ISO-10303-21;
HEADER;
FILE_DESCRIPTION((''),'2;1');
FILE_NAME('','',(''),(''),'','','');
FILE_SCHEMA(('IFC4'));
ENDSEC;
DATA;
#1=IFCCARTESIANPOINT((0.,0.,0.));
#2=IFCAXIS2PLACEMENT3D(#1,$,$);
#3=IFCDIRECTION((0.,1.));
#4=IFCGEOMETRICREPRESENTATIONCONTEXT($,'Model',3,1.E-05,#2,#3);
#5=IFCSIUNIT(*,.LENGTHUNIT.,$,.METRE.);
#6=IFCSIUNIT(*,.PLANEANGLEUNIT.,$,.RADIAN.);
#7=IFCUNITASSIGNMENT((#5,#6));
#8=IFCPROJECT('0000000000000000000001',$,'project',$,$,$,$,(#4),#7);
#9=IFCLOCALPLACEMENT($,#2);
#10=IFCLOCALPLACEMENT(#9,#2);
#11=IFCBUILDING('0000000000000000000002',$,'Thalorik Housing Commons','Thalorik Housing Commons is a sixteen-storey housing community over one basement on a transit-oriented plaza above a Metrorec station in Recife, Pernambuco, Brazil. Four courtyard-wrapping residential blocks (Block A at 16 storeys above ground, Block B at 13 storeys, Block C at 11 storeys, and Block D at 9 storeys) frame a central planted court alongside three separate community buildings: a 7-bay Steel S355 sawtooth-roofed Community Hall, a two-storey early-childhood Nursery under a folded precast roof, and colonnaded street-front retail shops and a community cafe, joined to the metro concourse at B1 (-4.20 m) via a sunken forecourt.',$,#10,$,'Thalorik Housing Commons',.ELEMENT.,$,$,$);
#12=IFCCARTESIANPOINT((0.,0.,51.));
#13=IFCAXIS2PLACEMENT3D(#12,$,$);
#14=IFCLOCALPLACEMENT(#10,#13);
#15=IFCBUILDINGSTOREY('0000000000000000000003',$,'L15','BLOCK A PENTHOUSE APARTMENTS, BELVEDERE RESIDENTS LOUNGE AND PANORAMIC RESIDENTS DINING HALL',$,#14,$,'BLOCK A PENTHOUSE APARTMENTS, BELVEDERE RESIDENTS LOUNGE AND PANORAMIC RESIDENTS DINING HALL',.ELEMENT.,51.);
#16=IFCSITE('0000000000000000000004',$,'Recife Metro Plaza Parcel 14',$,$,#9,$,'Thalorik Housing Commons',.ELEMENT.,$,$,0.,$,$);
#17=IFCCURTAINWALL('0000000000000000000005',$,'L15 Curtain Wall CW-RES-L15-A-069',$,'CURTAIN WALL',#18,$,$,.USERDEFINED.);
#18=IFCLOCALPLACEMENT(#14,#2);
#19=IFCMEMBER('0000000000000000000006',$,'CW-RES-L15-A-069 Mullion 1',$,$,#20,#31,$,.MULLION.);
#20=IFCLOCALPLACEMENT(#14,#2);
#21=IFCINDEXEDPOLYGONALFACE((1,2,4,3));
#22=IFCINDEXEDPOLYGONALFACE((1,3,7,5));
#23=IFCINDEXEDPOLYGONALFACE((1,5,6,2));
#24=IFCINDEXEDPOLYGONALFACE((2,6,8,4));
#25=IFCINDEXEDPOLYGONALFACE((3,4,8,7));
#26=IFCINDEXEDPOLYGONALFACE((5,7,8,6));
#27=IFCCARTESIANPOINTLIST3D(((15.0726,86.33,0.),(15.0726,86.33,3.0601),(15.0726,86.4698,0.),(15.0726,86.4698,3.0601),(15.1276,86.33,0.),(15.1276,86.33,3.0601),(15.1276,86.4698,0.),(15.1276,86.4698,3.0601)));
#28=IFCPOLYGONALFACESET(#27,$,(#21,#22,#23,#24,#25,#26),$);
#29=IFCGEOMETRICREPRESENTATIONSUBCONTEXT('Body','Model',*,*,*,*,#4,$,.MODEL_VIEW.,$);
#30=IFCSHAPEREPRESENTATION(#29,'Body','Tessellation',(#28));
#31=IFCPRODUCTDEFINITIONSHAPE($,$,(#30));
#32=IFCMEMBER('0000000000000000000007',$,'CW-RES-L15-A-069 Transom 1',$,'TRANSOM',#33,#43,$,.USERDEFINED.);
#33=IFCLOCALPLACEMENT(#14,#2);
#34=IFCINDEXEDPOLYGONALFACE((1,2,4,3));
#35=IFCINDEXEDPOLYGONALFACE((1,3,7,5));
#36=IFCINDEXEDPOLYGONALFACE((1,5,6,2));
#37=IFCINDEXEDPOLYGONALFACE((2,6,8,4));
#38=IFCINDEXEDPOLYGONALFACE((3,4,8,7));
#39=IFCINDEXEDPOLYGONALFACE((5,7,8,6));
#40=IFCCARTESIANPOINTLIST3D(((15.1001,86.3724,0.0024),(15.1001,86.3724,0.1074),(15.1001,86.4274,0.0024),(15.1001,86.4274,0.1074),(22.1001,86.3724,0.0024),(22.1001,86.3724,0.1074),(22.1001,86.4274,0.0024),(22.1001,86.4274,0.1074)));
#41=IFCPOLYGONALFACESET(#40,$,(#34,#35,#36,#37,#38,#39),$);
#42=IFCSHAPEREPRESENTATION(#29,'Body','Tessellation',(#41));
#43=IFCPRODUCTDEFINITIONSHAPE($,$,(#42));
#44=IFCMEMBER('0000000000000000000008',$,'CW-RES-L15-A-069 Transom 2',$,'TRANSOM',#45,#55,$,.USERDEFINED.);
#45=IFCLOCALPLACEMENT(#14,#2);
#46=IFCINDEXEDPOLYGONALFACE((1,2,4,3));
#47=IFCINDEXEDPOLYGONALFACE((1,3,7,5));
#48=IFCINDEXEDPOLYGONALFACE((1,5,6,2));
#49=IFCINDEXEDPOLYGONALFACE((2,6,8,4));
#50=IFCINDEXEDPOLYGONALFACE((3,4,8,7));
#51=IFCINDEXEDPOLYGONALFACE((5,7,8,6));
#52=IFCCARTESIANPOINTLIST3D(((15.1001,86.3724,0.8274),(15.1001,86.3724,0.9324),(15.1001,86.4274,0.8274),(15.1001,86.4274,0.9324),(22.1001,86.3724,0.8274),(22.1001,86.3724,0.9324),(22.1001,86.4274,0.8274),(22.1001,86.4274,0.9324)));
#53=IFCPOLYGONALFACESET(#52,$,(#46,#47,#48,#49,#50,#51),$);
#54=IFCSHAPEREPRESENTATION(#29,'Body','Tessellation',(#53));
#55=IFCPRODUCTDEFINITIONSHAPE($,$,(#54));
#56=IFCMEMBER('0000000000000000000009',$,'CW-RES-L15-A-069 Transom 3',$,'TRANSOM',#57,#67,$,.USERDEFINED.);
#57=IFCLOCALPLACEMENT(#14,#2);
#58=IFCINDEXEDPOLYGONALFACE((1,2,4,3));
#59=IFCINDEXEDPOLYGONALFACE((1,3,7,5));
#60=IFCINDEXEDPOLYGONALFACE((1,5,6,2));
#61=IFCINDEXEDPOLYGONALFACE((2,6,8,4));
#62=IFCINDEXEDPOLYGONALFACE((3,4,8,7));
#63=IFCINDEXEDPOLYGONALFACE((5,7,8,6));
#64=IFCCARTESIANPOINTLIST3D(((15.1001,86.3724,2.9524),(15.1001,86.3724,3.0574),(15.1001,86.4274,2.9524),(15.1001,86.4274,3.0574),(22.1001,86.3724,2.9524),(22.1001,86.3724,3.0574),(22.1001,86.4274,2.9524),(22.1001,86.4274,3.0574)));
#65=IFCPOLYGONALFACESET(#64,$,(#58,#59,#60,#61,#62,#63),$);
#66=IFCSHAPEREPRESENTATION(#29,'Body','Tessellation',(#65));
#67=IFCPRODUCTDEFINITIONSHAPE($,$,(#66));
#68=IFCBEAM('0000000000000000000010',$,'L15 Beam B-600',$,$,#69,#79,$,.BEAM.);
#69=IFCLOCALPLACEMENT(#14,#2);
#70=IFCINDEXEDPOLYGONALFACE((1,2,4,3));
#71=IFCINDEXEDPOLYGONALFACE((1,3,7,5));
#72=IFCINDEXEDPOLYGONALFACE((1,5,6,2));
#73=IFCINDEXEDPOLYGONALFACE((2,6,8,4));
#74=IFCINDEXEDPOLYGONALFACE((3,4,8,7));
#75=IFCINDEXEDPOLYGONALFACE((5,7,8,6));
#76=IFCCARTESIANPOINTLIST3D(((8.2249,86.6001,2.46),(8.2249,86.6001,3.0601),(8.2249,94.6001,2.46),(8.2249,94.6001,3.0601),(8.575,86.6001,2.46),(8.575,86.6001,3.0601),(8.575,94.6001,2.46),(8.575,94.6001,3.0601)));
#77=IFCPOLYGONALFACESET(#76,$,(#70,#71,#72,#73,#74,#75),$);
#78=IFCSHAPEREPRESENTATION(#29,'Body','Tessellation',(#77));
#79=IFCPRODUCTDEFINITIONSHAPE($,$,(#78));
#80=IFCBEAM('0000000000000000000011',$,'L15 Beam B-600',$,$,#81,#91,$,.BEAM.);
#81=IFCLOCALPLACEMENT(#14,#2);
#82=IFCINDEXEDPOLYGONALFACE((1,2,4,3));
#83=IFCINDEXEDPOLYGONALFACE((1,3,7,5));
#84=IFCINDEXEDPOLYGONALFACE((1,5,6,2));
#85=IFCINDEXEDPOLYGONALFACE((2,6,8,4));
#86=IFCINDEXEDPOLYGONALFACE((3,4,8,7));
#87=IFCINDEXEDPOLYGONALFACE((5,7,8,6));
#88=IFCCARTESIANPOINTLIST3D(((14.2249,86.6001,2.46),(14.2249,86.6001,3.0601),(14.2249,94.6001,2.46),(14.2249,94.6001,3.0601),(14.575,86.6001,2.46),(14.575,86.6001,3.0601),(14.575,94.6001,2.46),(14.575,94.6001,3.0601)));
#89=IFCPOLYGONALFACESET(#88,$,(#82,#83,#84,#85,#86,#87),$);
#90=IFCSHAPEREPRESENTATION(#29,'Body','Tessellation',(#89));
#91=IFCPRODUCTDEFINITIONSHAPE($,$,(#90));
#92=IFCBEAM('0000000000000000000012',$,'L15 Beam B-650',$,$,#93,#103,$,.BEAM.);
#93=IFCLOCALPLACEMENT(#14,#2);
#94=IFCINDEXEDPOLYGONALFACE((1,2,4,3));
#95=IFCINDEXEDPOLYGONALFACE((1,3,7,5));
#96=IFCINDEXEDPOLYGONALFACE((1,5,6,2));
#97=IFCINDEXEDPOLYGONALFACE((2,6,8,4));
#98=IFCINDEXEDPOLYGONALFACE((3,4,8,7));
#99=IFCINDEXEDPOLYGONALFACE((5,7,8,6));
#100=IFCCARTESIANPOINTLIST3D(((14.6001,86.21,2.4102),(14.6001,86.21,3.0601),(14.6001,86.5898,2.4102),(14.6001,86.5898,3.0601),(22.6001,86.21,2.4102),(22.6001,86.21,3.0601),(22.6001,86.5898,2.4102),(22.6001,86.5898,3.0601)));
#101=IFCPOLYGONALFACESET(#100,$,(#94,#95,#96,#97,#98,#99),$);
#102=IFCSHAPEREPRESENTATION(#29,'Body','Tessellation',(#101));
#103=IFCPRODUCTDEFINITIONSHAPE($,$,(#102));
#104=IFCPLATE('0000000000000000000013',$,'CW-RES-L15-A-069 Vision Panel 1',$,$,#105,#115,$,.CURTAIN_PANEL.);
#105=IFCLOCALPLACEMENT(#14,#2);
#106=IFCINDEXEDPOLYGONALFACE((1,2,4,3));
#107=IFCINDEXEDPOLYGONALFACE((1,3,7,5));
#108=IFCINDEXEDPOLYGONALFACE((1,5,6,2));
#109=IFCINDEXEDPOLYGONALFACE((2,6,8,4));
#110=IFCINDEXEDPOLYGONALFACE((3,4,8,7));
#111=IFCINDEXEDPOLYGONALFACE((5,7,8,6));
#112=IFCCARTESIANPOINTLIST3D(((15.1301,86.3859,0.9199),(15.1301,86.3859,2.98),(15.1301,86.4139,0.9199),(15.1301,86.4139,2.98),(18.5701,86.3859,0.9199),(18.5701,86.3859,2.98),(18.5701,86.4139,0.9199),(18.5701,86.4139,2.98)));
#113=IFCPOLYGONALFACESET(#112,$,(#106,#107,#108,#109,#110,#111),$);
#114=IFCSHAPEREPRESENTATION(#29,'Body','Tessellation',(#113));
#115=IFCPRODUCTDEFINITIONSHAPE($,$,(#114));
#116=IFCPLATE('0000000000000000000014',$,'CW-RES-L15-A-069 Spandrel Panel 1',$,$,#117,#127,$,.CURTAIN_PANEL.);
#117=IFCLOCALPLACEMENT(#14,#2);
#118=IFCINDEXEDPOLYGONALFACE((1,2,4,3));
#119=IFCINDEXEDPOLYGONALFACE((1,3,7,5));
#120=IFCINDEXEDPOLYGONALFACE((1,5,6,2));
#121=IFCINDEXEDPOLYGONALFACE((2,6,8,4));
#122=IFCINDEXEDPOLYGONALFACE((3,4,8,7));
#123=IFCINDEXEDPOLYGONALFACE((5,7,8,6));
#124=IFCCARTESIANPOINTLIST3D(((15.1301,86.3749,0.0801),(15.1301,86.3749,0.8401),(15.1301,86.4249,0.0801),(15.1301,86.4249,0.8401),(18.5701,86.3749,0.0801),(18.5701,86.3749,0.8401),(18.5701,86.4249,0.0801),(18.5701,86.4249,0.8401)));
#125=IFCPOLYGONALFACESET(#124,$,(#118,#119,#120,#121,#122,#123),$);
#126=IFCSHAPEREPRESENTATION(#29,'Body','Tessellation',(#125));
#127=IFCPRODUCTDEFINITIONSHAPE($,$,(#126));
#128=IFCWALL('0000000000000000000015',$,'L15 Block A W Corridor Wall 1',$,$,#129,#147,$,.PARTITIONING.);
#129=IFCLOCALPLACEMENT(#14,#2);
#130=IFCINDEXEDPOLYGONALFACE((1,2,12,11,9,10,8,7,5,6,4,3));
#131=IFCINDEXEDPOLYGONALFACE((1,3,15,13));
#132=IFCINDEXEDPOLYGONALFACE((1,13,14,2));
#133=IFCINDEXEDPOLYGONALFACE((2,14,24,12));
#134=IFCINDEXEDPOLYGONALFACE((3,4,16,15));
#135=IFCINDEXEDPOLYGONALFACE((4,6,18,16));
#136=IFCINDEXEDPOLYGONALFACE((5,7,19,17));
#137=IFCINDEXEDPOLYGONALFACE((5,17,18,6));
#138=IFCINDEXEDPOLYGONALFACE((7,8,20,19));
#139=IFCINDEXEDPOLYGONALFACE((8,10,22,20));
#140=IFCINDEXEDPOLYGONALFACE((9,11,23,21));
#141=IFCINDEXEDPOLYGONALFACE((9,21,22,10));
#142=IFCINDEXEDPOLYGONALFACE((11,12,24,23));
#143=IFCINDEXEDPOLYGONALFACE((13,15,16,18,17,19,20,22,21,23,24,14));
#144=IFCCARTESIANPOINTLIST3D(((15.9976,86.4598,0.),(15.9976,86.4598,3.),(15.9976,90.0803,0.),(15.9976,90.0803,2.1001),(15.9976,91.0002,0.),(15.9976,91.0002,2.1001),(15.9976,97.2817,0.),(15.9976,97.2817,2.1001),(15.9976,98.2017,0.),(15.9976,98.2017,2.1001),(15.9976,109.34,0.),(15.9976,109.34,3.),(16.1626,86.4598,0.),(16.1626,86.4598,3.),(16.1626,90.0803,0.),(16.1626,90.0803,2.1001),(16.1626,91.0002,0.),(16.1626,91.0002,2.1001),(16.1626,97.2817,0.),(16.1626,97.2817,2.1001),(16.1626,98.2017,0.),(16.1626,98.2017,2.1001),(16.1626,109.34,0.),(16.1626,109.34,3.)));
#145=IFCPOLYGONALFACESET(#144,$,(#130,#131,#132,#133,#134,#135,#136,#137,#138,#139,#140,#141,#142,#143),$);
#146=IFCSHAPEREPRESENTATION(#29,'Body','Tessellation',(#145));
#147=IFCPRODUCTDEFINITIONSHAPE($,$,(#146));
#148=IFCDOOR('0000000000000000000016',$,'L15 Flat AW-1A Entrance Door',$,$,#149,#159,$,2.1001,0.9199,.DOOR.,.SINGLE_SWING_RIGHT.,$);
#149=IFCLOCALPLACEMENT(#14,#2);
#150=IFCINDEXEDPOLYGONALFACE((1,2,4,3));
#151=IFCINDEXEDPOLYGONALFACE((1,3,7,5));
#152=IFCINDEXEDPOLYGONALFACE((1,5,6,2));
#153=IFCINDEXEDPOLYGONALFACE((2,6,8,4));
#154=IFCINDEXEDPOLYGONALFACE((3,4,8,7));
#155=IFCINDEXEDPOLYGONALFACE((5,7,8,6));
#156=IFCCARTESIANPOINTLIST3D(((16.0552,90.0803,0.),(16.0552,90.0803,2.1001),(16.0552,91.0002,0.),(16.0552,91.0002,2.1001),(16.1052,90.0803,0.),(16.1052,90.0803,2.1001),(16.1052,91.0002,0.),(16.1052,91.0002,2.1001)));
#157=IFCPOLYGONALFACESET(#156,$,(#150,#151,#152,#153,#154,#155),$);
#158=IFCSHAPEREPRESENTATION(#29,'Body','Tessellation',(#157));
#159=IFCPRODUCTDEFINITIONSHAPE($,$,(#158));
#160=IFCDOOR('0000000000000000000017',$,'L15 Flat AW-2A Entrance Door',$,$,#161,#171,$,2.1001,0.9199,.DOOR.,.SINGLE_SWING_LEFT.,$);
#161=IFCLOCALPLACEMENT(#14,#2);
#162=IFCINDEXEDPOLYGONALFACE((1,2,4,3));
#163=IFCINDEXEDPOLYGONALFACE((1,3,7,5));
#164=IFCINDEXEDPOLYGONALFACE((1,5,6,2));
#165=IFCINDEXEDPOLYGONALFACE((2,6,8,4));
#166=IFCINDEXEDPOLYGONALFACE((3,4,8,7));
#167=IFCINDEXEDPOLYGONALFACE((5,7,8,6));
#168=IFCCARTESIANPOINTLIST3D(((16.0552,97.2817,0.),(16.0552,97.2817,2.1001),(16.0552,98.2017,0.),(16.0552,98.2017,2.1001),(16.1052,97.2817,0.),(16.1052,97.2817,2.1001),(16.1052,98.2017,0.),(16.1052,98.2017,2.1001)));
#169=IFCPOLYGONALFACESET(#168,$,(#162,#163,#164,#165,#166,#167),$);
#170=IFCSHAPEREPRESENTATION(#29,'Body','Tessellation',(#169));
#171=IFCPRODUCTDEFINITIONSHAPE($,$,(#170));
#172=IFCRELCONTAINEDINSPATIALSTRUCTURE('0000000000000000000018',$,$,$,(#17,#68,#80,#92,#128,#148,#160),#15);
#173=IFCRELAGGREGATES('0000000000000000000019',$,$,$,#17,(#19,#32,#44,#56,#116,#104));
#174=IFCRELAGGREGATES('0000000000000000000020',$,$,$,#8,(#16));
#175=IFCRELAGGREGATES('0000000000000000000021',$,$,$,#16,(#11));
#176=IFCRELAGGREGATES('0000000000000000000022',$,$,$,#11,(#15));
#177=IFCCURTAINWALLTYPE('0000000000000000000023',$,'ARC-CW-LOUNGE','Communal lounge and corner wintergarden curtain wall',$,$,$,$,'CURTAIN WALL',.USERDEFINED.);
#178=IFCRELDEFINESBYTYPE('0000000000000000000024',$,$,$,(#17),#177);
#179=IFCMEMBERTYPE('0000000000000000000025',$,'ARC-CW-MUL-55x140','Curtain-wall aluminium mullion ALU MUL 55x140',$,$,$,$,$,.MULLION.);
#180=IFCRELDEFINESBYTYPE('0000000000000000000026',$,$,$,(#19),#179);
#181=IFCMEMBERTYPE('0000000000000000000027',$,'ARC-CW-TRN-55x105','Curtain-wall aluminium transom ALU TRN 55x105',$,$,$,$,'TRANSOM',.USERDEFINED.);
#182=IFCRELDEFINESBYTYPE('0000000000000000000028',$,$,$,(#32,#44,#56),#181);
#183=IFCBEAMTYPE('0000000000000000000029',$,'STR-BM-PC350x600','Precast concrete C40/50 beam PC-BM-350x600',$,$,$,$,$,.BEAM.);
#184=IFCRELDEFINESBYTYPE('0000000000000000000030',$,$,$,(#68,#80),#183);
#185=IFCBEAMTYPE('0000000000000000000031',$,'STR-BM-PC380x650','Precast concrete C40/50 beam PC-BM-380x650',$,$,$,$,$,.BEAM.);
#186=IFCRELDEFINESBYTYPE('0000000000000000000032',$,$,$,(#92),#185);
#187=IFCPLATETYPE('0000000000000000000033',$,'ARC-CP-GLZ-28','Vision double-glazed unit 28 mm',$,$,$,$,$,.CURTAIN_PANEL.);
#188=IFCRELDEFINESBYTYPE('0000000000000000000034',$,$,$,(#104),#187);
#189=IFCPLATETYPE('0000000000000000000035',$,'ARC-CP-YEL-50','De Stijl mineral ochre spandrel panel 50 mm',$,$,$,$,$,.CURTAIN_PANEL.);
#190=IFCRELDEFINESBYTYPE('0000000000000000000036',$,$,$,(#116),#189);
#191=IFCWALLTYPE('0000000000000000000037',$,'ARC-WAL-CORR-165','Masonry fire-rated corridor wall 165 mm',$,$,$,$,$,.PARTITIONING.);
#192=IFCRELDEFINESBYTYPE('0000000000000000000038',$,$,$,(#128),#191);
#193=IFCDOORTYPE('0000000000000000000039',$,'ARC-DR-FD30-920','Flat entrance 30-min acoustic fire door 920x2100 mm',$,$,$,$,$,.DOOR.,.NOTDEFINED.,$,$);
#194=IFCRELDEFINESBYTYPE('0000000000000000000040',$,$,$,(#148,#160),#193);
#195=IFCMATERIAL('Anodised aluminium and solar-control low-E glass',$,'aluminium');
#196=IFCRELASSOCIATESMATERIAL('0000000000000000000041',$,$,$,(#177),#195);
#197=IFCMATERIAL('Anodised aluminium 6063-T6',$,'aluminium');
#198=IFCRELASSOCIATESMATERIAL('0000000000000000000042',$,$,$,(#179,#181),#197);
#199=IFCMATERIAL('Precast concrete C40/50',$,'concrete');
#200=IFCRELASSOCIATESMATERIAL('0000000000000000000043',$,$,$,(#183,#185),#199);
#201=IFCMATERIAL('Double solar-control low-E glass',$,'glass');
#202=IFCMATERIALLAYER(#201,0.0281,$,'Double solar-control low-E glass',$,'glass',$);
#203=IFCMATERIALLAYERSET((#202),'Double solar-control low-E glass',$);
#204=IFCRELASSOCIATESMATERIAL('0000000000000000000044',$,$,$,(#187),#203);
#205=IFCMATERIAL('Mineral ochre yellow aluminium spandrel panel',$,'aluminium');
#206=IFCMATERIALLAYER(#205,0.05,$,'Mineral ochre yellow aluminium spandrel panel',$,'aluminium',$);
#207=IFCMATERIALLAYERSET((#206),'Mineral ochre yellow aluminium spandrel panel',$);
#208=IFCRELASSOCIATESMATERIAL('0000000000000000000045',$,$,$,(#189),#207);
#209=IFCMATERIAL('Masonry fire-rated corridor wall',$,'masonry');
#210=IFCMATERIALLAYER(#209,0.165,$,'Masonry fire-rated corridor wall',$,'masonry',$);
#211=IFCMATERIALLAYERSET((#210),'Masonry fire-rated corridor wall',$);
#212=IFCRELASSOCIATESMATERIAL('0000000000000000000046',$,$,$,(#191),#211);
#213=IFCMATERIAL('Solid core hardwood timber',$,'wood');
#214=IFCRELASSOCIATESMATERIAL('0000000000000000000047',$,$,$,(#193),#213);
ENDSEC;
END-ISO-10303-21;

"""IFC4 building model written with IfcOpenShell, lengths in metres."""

from ifc_helpers import new_model, si_unit, direction, frame, frame_2d, origin, origin_2d, place, context, subcontext, project, spatial, rectangle, extrude, material, layer, layer_set, material_profile, profile_set, type_object, element, fill, aggregate, save


model = new_model("IFC4")

# Units and contexts
model_context = context("Model", 3, precision=1e-05, world=origin(), true_north=direction((0.0, 1.0)))
body_context = subcontext(model_context, "Body", "Model", "MODEL_VIEW")
ifc_project = project(units=[si_unit("LENGTHUNIT", "METRE"), si_unit("PLANEANGLEUNIT", "RADIAN")], contexts=[model_context])

# Site, building, storey
site_placement = place(None, origin())
site = spatial("IfcSite", under=ifc_project, at=site_placement, Name="Recife Metro Plaza Parcel 14", LongName="Thalorik Housing Commons", CompositionType="ELEMENT", RefElevation=0.0)
building_placement = place(site_placement, origin())
building = spatial("IfcBuilding", under=site, at=building_placement, Name="Thalorik Housing Commons", Description="Thalorik Housing Commons is a sixteen-storey housing community over one basement on a transit-oriented plaza above a Metrorec station in Recife, Pernambuco, Brazil. Four courtyard-wrapping residential blocks (Block A at 16 storeys above ground, Block B at 13 storeys, Block C at 11 storeys, and Block D at 9 storeys) frame a central planted court alongside three separate community buildings: a 7-bay Steel S355 sawtooth-roofed Community Hall, a two-storey early-childhood Nursery under a folded precast roof, and colonnaded street-front retail shops and a community cafe, joined to the metro concourse at B1 (-4.20 m) via a sunken forecourt.", LongName="Thalorik Housing Commons", CompositionType="ELEMENT")
storey_placement = place(building_placement, frame((0.0, 0.0, 51.0)))
storey = spatial("IfcBuildingStorey", under=building, at=storey_placement, Name="L15", Description="BLOCK A PENTHOUSE APARTMENTS, BELVEDERE RESIDENTS LOUNGE AND PANORAMIC RESIDENTS DINING HALL", LongName="BLOCK A PENTHOUSE APARTMENTS, BELVEDERE RESIDENTS LOUNGE AND PANORAMIC RESIDENTS DINING HALL", CompositionType="ELEMENT", Elevation=51.0)

# Curtain wall, members
ifc_material_1 = material(Name="Anodised aluminium and solar-control low-E glass", Category="aluminium")
curtain_wall_type = type_object("IfcCurtainWallType", Name="ARC-CW-LOUNGE", Description="Communal lounge and corner wintergarden curtain wall", ElementType="CURTAIN WALL", PredefinedType="USERDEFINED", material=ifc_material_1)
curtain_wall_placement = place(storey_placement, origin())
curtain_wall = element("IfcCurtainWall", 1, at=curtain_wall_placement, inside=storey, type_object=curtain_wall_type, Name="L15 Curtain Wall CW-RES-L15-A-069", ObjectType="CURTAIN WALL", PredefinedType="USERDEFINED")
ifc_material_2 = material(Name="Anodised aluminium 6063-T6", Category="aluminium")
ifc_material_profile_1 = material_profile(ifc_material_2, rectangle(XDim=0.0549, YDim=0.1399, at=origin_2d()), Name="ALU MUL 55x140", Category="aluminium")
ifc_profile_set_1 = profile_set([ifc_material_profile_1], Name="Anodised aluminium 6063-T6")
member_type_1 = type_object("IfcMemberType", Name="ARC-CW-MUL-55x140", Description="Curtain-wall aluminium mullion ALU MUL 55x140", PredefinedType="MULLION", material=ifc_profile_set_1)
member_1_placement = place(storey_placement, frame((15.1001, 86.3999, 0.0), z_axis=(0.0, 0.0, 1.0), x_axis=(1.0, 0.0, 0.0)))
member_1 = element("IfcMember", 2, at=member_1_placement, type_object=member_type_1, Name="CW-RES-L15-A-069 Mullion 1", PredefinedType="MULLION", context=body_context, shape_type="SweptSolid", body=[
    extrude(rectangle(XDim=0.0549, YDim=0.1399, at=origin_2d()), origin(), (0.0, 0.0, 1.0), 3.0601),
])
ifc_material_profile_2 = material_profile(ifc_material_2, rectangle(XDim=0.0549, YDim=0.105, at=origin_2d()), Name="ALU TRN 55x105", Category="aluminium")
ifc_profile_set_2 = profile_set([ifc_material_profile_2], Name="Anodised aluminium 6063-T6")
member_type_2 = type_object("IfcMemberType", Name="ARC-CW-TRN-55x105", Description="Curtain-wall aluminium transom ALU TRN 55x105", ElementType="TRANSOM", PredefinedType="USERDEFINED", material=ifc_profile_set_2)
member_2_placement = place(storey_placement, frame((15.1001, 86.3999, 0.0549), z_axis=(1.0, 0.0, 0.0), x_axis=(0.0, 1.0, 0.0)))
member_2 = element("IfcMember", 3, at=member_2_placement, type_object=member_type_2, Name="CW-RES-L15-A-069 Transom 1", ObjectType="TRANSOM", PredefinedType="USERDEFINED", context=body_context, shape_type="SweptSolid", body=[
    extrude(rectangle(XDim=0.0549, YDim=0.105, at=origin_2d()), origin(), (0.0, 0.0, 1.0), 7.0),
])
member_3_placement = place(storey_placement, frame((15.1001, 86.3999, 0.8799), z_axis=(1.0, 0.0, 0.0), x_axis=(0.0, 1.0, 0.0)))
member_3 = element("IfcMember", 4, at=member_3_placement, type_object=member_type_2, Name="CW-RES-L15-A-069 Transom 2", ObjectType="TRANSOM", PredefinedType="USERDEFINED", context=body_context, shape_type="SweptSolid", body=[
    extrude(rectangle(XDim=0.0549, YDim=0.105, at=origin_2d()), origin(), (0.0, 0.0, 1.0), 7.0),
])
member_4_placement = place(storey_placement, frame((15.1001, 86.3999, 3.0049), z_axis=(1.0, 0.0, 0.0), x_axis=(0.0, 1.0, 0.0)))
member_4 = element("IfcMember", 5, at=member_4_placement, type_object=member_type_2, Name="CW-RES-L15-A-069 Transom 3", ObjectType="TRANSOM", PredefinedType="USERDEFINED", context=body_context, shape_type="SweptSolid", body=[
    extrude(rectangle(XDim=0.0549, YDim=0.105, at=origin_2d()), origin(), (0.0, 0.0, 1.0), 7.0),
])

# Beams
ifc_material_3 = material(Name="Precast concrete C40/50", Category="concrete")
ifc_material_profile_3 = material_profile(ifc_material_3, rectangle(XDim=0.3501, YDim=0.6001, at=origin_2d()), Name="PC 350x600", Category="concrete")
ifc_profile_set_3 = profile_set([ifc_material_profile_3], Name="Precast concrete C40/50")
beam_type_1 = type_object("IfcBeamType", Name="STR-BM-PC350x600", Description="Precast concrete C40/50 beam PC-BM-350x600", PredefinedType="BEAM", material=ifc_profile_set_3)
for number, where, z_axis, x_axis, name in (
    (6, (8.3999, 86.6001, 2.76), (0.0, 1.0, 0.0), (-1.0, 0.0, 0.0), "L15 Beam B-600"),
    (7, (14.3999, 86.6001, 2.76), (0.0, 1.0, 0.0), (-1.0, 0.0, 0.0), "L15 Beam B-600"),
):
    element("IfcBeam", number, at=place(storey_placement, frame(where, z_axis=z_axis, x_axis=x_axis)), inside=storey, type_object=beam_type_1, Name=name, PredefinedType="BEAM", context=body_context, shape_type="SweptSolid", body=[
        extrude(rectangle(XDim=0.3501, YDim=0.6001, at=origin_2d()), origin(), (0.0, 0.0, 1.0), 8.0),
    ])
ifc_material_profile_4 = material_profile(ifc_material_3, rectangle(XDim=0.3799, YDim=0.6499, at=origin_2d()), Name="PC 380x650", Category="concrete")
ifc_profile_set_4 = profile_set([ifc_material_profile_4], Name="Precast concrete C40/50")
beam_type_2 = type_object("IfcBeamType", Name="STR-BM-PC380x650", Description="Precast concrete C40/50 beam PC-BM-380x650", PredefinedType="BEAM", material=ifc_profile_set_4)
beam_placement = place(storey_placement, frame((14.6001, 86.3999, 2.7351), z_axis=(1.0, 0.0, 0.0), x_axis=(0.0, 1.0, 0.0)))
element("IfcBeam", 8, at=beam_placement, inside=storey, type_object=beam_type_2, Name="L15 Beam B-650", PredefinedType="BEAM", context=body_context, shape_type="SweptSolid", body=[
    extrude(rectangle(XDim=0.3799, YDim=0.6499, at=origin_2d()), origin(), (0.0, 0.0, 1.0), 8.0),
])

# Plates
ifc_material_4 = material(Name="Double solar-control low-E glass", Category="glass")
ifc_layer_1 = layer(ifc_material_4, 0.0281, Name="Double solar-control low-E glass", Category="glass")
ifc_layer_set_1 = layer_set([ifc_layer_1], Name="Double solar-control low-E glass")
plate_type_1 = type_object("IfcPlateType", Name="ARC-CP-GLZ-28", Description="Vision double-glazed unit 28 mm", PredefinedType="CURTAIN_PANEL", material=ifc_layer_set_1)
plate_1_placement = place(storey_placement, frame((16.8501, 86.3999, 0.9199), z_axis=(0.0, 0.0, 1.0), x_axis=(1.0, 0.0, 0.0)))
plate_1 = element("IfcPlate", 9, at=plate_1_placement, type_object=plate_type_1, Name="CW-RES-L15-A-069 Vision Panel 1", PredefinedType="CURTAIN_PANEL", context=body_context, shape_type="SweptSolid", body=[
    extrude(rectangle(XDim=3.4399, YDim=0.0281, at=origin_2d()), origin(), (0.0, 0.0, 1.0), 2.0601),
])
ifc_material_5 = material(Name="Mineral ochre yellow aluminium spandrel panel", Category="aluminium")
ifc_layer_2 = layer(ifc_material_5, 0.05, Name="Mineral ochre yellow aluminium spandrel panel", Category="aluminium")
ifc_layer_set_2 = layer_set([ifc_layer_2], Name="Mineral ochre yellow aluminium spandrel panel")
plate_type_2 = type_object("IfcPlateType", Name="ARC-CP-YEL-50", Description="De Stijl mineral ochre spandrel panel 50 mm", PredefinedType="CURTAIN_PANEL", material=ifc_layer_set_2)
plate_2_placement = place(storey_placement, frame((16.8501, 86.3999, 0.0801), z_axis=(0.0, 0.0, 1.0), x_axis=(1.0, 0.0, 0.0)))
plate_2 = element("IfcPlate", 10, at=plate_2_placement, type_object=plate_type_2, Name="CW-RES-L15-A-069 Spandrel Panel 1", PredefinedType="CURTAIN_PANEL", context=body_context, shape_type="SweptSolid", body=[
    extrude(rectangle(XDim=3.4399, YDim=0.05, at=origin_2d()), origin(), (0.0, 0.0, 1.0), 0.76),
])
aggregate(curtain_wall, [member_1, member_2, member_3, member_4, plate_2, plate_1])

# Wall, openings, doors
ifc_material_6 = material(Name="Masonry fire-rated corridor wall", Category="masonry")
ifc_layer_3 = layer(ifc_material_6, 0.165, Name="Masonry fire-rated corridor wall", Category="masonry")
ifc_layer_set_3 = layer_set([ifc_layer_3], Name="Masonry fire-rated corridor wall")
wall_type_1 = type_object("IfcWallType", Name="ARC-WAL-CORR-165", Description="Masonry fire-rated corridor wall 165 mm", PredefinedType="PARTITIONING", material=ifc_layer_set_3)
wall_1_placement = place(storey_placement, frame((16.0801, 86.46, 0.0), z_axis=(0.0, 0.0, 1.0), x_axis=(0.0, 1.0, 0.0)))
wall_1 = element("IfcWall", 11, at=wall_1_placement, inside=storey, type_object=wall_type_1, Name="L15 Block A W Corridor Wall 1", PredefinedType="PARTITIONING", context=body_context, shape_type="SweptSolid", body=[
    extrude(rectangle(XDim=22.8801, YDim=0.165, at=frame_2d((11.4399, 0.0))), origin(), (0.0, 0.0, 1.0), 3.0),
])
opening_1_placement = place(wall_1_placement, frame((3.6204, 0.0, 0.0)))
opening_1 = element("IfcOpeningElement", 12, at=opening_1_placement, cuts=wall_1, PredefinedType="OPENING", context=body_context, shape_type="SweptSolid", body=[
    extrude(rectangle(XDim=0.9199, YDim=2.1001, at=frame_2d((0.46, 1.05))), frame((0.0, 0.0925, 0.0), z_axis=(0.0, -1.0, 0.0), x_axis=(1.0, 0.0, 0.0)), (0.0, 0.0, 1.0), 0.1851),
])
opening_2_placement = place(wall_1_placement, frame((10.8218, 0.0, 0.0)))
opening_2 = element("IfcOpeningElement", 13, at=opening_2_placement, cuts=wall_1, PredefinedType="OPENING", context=body_context, shape_type="SweptSolid", body=[
    extrude(rectangle(XDim=0.9199, YDim=2.1001, at=frame_2d((0.46, 1.05))), frame((0.0, 0.0925, 0.0), z_axis=(0.0, -1.0, 0.0), x_axis=(1.0, 0.0, 0.0)), (0.0, 0.0, 1.0), 0.1851),
])
ifc_material_7 = material(Name="Solid core hardwood timber", Category="wood")
door_type_1 = type_object("IfcDoorType", Name="ARC-DR-FD30-920", Description="Flat entrance 30-min acoustic fire door 920x2100 mm", OperationType="NOTDEFINED", PredefinedType="DOOR", material=ifc_material_7)
door_1_placement = place(opening_1_placement, origin())
door_1 = element("IfcDoor", 14, at=door_1_placement, inside=storey, type_object=door_type_1, Name="L15 Flat AW-1A Entrance Door", OperationType="SINGLE_SWING_RIGHT", OverallHeight=2.1001, OverallWidth=0.9199, PredefinedType="DOOR", context=body_context, shape_type="SweptSolid", body=[
    extrude(rectangle(XDim=0.9199, YDim=2.1001, at=frame_2d((0.46, 1.05))), frame((0.0, 0.0249, 0.0), z_axis=(0.0, -1.0, 0.0), x_axis=(1.0, 0.0, 0.0)), (0.0, 0.0, 1.0), 0.05),
])
fill(opening_1, door_1)
door_2_placement = place(opening_2_placement, origin())
door_2 = element("IfcDoor", 15, at=door_2_placement, inside=storey, type_object=door_type_1, Name="L15 Flat AW-2A Entrance Door", OperationType="SINGLE_SWING_LEFT", OverallHeight=2.1001, OverallWidth=0.9199, PredefinedType="DOOR", context=body_context, shape_type="SweptSolid", body=[
    extrude(rectangle(XDim=0.9199, YDim=2.1001, at=frame_2d((0.46, 1.05))), frame((0.0, 0.0249, 0.0), z_axis=(0.0, -1.0, 0.0), x_axis=(1.0, 0.0, 0.0)), (0.0, 0.0, 1.0), 0.05),
])
fill(opening_2, door_2)

save(model, "model.ifc")
